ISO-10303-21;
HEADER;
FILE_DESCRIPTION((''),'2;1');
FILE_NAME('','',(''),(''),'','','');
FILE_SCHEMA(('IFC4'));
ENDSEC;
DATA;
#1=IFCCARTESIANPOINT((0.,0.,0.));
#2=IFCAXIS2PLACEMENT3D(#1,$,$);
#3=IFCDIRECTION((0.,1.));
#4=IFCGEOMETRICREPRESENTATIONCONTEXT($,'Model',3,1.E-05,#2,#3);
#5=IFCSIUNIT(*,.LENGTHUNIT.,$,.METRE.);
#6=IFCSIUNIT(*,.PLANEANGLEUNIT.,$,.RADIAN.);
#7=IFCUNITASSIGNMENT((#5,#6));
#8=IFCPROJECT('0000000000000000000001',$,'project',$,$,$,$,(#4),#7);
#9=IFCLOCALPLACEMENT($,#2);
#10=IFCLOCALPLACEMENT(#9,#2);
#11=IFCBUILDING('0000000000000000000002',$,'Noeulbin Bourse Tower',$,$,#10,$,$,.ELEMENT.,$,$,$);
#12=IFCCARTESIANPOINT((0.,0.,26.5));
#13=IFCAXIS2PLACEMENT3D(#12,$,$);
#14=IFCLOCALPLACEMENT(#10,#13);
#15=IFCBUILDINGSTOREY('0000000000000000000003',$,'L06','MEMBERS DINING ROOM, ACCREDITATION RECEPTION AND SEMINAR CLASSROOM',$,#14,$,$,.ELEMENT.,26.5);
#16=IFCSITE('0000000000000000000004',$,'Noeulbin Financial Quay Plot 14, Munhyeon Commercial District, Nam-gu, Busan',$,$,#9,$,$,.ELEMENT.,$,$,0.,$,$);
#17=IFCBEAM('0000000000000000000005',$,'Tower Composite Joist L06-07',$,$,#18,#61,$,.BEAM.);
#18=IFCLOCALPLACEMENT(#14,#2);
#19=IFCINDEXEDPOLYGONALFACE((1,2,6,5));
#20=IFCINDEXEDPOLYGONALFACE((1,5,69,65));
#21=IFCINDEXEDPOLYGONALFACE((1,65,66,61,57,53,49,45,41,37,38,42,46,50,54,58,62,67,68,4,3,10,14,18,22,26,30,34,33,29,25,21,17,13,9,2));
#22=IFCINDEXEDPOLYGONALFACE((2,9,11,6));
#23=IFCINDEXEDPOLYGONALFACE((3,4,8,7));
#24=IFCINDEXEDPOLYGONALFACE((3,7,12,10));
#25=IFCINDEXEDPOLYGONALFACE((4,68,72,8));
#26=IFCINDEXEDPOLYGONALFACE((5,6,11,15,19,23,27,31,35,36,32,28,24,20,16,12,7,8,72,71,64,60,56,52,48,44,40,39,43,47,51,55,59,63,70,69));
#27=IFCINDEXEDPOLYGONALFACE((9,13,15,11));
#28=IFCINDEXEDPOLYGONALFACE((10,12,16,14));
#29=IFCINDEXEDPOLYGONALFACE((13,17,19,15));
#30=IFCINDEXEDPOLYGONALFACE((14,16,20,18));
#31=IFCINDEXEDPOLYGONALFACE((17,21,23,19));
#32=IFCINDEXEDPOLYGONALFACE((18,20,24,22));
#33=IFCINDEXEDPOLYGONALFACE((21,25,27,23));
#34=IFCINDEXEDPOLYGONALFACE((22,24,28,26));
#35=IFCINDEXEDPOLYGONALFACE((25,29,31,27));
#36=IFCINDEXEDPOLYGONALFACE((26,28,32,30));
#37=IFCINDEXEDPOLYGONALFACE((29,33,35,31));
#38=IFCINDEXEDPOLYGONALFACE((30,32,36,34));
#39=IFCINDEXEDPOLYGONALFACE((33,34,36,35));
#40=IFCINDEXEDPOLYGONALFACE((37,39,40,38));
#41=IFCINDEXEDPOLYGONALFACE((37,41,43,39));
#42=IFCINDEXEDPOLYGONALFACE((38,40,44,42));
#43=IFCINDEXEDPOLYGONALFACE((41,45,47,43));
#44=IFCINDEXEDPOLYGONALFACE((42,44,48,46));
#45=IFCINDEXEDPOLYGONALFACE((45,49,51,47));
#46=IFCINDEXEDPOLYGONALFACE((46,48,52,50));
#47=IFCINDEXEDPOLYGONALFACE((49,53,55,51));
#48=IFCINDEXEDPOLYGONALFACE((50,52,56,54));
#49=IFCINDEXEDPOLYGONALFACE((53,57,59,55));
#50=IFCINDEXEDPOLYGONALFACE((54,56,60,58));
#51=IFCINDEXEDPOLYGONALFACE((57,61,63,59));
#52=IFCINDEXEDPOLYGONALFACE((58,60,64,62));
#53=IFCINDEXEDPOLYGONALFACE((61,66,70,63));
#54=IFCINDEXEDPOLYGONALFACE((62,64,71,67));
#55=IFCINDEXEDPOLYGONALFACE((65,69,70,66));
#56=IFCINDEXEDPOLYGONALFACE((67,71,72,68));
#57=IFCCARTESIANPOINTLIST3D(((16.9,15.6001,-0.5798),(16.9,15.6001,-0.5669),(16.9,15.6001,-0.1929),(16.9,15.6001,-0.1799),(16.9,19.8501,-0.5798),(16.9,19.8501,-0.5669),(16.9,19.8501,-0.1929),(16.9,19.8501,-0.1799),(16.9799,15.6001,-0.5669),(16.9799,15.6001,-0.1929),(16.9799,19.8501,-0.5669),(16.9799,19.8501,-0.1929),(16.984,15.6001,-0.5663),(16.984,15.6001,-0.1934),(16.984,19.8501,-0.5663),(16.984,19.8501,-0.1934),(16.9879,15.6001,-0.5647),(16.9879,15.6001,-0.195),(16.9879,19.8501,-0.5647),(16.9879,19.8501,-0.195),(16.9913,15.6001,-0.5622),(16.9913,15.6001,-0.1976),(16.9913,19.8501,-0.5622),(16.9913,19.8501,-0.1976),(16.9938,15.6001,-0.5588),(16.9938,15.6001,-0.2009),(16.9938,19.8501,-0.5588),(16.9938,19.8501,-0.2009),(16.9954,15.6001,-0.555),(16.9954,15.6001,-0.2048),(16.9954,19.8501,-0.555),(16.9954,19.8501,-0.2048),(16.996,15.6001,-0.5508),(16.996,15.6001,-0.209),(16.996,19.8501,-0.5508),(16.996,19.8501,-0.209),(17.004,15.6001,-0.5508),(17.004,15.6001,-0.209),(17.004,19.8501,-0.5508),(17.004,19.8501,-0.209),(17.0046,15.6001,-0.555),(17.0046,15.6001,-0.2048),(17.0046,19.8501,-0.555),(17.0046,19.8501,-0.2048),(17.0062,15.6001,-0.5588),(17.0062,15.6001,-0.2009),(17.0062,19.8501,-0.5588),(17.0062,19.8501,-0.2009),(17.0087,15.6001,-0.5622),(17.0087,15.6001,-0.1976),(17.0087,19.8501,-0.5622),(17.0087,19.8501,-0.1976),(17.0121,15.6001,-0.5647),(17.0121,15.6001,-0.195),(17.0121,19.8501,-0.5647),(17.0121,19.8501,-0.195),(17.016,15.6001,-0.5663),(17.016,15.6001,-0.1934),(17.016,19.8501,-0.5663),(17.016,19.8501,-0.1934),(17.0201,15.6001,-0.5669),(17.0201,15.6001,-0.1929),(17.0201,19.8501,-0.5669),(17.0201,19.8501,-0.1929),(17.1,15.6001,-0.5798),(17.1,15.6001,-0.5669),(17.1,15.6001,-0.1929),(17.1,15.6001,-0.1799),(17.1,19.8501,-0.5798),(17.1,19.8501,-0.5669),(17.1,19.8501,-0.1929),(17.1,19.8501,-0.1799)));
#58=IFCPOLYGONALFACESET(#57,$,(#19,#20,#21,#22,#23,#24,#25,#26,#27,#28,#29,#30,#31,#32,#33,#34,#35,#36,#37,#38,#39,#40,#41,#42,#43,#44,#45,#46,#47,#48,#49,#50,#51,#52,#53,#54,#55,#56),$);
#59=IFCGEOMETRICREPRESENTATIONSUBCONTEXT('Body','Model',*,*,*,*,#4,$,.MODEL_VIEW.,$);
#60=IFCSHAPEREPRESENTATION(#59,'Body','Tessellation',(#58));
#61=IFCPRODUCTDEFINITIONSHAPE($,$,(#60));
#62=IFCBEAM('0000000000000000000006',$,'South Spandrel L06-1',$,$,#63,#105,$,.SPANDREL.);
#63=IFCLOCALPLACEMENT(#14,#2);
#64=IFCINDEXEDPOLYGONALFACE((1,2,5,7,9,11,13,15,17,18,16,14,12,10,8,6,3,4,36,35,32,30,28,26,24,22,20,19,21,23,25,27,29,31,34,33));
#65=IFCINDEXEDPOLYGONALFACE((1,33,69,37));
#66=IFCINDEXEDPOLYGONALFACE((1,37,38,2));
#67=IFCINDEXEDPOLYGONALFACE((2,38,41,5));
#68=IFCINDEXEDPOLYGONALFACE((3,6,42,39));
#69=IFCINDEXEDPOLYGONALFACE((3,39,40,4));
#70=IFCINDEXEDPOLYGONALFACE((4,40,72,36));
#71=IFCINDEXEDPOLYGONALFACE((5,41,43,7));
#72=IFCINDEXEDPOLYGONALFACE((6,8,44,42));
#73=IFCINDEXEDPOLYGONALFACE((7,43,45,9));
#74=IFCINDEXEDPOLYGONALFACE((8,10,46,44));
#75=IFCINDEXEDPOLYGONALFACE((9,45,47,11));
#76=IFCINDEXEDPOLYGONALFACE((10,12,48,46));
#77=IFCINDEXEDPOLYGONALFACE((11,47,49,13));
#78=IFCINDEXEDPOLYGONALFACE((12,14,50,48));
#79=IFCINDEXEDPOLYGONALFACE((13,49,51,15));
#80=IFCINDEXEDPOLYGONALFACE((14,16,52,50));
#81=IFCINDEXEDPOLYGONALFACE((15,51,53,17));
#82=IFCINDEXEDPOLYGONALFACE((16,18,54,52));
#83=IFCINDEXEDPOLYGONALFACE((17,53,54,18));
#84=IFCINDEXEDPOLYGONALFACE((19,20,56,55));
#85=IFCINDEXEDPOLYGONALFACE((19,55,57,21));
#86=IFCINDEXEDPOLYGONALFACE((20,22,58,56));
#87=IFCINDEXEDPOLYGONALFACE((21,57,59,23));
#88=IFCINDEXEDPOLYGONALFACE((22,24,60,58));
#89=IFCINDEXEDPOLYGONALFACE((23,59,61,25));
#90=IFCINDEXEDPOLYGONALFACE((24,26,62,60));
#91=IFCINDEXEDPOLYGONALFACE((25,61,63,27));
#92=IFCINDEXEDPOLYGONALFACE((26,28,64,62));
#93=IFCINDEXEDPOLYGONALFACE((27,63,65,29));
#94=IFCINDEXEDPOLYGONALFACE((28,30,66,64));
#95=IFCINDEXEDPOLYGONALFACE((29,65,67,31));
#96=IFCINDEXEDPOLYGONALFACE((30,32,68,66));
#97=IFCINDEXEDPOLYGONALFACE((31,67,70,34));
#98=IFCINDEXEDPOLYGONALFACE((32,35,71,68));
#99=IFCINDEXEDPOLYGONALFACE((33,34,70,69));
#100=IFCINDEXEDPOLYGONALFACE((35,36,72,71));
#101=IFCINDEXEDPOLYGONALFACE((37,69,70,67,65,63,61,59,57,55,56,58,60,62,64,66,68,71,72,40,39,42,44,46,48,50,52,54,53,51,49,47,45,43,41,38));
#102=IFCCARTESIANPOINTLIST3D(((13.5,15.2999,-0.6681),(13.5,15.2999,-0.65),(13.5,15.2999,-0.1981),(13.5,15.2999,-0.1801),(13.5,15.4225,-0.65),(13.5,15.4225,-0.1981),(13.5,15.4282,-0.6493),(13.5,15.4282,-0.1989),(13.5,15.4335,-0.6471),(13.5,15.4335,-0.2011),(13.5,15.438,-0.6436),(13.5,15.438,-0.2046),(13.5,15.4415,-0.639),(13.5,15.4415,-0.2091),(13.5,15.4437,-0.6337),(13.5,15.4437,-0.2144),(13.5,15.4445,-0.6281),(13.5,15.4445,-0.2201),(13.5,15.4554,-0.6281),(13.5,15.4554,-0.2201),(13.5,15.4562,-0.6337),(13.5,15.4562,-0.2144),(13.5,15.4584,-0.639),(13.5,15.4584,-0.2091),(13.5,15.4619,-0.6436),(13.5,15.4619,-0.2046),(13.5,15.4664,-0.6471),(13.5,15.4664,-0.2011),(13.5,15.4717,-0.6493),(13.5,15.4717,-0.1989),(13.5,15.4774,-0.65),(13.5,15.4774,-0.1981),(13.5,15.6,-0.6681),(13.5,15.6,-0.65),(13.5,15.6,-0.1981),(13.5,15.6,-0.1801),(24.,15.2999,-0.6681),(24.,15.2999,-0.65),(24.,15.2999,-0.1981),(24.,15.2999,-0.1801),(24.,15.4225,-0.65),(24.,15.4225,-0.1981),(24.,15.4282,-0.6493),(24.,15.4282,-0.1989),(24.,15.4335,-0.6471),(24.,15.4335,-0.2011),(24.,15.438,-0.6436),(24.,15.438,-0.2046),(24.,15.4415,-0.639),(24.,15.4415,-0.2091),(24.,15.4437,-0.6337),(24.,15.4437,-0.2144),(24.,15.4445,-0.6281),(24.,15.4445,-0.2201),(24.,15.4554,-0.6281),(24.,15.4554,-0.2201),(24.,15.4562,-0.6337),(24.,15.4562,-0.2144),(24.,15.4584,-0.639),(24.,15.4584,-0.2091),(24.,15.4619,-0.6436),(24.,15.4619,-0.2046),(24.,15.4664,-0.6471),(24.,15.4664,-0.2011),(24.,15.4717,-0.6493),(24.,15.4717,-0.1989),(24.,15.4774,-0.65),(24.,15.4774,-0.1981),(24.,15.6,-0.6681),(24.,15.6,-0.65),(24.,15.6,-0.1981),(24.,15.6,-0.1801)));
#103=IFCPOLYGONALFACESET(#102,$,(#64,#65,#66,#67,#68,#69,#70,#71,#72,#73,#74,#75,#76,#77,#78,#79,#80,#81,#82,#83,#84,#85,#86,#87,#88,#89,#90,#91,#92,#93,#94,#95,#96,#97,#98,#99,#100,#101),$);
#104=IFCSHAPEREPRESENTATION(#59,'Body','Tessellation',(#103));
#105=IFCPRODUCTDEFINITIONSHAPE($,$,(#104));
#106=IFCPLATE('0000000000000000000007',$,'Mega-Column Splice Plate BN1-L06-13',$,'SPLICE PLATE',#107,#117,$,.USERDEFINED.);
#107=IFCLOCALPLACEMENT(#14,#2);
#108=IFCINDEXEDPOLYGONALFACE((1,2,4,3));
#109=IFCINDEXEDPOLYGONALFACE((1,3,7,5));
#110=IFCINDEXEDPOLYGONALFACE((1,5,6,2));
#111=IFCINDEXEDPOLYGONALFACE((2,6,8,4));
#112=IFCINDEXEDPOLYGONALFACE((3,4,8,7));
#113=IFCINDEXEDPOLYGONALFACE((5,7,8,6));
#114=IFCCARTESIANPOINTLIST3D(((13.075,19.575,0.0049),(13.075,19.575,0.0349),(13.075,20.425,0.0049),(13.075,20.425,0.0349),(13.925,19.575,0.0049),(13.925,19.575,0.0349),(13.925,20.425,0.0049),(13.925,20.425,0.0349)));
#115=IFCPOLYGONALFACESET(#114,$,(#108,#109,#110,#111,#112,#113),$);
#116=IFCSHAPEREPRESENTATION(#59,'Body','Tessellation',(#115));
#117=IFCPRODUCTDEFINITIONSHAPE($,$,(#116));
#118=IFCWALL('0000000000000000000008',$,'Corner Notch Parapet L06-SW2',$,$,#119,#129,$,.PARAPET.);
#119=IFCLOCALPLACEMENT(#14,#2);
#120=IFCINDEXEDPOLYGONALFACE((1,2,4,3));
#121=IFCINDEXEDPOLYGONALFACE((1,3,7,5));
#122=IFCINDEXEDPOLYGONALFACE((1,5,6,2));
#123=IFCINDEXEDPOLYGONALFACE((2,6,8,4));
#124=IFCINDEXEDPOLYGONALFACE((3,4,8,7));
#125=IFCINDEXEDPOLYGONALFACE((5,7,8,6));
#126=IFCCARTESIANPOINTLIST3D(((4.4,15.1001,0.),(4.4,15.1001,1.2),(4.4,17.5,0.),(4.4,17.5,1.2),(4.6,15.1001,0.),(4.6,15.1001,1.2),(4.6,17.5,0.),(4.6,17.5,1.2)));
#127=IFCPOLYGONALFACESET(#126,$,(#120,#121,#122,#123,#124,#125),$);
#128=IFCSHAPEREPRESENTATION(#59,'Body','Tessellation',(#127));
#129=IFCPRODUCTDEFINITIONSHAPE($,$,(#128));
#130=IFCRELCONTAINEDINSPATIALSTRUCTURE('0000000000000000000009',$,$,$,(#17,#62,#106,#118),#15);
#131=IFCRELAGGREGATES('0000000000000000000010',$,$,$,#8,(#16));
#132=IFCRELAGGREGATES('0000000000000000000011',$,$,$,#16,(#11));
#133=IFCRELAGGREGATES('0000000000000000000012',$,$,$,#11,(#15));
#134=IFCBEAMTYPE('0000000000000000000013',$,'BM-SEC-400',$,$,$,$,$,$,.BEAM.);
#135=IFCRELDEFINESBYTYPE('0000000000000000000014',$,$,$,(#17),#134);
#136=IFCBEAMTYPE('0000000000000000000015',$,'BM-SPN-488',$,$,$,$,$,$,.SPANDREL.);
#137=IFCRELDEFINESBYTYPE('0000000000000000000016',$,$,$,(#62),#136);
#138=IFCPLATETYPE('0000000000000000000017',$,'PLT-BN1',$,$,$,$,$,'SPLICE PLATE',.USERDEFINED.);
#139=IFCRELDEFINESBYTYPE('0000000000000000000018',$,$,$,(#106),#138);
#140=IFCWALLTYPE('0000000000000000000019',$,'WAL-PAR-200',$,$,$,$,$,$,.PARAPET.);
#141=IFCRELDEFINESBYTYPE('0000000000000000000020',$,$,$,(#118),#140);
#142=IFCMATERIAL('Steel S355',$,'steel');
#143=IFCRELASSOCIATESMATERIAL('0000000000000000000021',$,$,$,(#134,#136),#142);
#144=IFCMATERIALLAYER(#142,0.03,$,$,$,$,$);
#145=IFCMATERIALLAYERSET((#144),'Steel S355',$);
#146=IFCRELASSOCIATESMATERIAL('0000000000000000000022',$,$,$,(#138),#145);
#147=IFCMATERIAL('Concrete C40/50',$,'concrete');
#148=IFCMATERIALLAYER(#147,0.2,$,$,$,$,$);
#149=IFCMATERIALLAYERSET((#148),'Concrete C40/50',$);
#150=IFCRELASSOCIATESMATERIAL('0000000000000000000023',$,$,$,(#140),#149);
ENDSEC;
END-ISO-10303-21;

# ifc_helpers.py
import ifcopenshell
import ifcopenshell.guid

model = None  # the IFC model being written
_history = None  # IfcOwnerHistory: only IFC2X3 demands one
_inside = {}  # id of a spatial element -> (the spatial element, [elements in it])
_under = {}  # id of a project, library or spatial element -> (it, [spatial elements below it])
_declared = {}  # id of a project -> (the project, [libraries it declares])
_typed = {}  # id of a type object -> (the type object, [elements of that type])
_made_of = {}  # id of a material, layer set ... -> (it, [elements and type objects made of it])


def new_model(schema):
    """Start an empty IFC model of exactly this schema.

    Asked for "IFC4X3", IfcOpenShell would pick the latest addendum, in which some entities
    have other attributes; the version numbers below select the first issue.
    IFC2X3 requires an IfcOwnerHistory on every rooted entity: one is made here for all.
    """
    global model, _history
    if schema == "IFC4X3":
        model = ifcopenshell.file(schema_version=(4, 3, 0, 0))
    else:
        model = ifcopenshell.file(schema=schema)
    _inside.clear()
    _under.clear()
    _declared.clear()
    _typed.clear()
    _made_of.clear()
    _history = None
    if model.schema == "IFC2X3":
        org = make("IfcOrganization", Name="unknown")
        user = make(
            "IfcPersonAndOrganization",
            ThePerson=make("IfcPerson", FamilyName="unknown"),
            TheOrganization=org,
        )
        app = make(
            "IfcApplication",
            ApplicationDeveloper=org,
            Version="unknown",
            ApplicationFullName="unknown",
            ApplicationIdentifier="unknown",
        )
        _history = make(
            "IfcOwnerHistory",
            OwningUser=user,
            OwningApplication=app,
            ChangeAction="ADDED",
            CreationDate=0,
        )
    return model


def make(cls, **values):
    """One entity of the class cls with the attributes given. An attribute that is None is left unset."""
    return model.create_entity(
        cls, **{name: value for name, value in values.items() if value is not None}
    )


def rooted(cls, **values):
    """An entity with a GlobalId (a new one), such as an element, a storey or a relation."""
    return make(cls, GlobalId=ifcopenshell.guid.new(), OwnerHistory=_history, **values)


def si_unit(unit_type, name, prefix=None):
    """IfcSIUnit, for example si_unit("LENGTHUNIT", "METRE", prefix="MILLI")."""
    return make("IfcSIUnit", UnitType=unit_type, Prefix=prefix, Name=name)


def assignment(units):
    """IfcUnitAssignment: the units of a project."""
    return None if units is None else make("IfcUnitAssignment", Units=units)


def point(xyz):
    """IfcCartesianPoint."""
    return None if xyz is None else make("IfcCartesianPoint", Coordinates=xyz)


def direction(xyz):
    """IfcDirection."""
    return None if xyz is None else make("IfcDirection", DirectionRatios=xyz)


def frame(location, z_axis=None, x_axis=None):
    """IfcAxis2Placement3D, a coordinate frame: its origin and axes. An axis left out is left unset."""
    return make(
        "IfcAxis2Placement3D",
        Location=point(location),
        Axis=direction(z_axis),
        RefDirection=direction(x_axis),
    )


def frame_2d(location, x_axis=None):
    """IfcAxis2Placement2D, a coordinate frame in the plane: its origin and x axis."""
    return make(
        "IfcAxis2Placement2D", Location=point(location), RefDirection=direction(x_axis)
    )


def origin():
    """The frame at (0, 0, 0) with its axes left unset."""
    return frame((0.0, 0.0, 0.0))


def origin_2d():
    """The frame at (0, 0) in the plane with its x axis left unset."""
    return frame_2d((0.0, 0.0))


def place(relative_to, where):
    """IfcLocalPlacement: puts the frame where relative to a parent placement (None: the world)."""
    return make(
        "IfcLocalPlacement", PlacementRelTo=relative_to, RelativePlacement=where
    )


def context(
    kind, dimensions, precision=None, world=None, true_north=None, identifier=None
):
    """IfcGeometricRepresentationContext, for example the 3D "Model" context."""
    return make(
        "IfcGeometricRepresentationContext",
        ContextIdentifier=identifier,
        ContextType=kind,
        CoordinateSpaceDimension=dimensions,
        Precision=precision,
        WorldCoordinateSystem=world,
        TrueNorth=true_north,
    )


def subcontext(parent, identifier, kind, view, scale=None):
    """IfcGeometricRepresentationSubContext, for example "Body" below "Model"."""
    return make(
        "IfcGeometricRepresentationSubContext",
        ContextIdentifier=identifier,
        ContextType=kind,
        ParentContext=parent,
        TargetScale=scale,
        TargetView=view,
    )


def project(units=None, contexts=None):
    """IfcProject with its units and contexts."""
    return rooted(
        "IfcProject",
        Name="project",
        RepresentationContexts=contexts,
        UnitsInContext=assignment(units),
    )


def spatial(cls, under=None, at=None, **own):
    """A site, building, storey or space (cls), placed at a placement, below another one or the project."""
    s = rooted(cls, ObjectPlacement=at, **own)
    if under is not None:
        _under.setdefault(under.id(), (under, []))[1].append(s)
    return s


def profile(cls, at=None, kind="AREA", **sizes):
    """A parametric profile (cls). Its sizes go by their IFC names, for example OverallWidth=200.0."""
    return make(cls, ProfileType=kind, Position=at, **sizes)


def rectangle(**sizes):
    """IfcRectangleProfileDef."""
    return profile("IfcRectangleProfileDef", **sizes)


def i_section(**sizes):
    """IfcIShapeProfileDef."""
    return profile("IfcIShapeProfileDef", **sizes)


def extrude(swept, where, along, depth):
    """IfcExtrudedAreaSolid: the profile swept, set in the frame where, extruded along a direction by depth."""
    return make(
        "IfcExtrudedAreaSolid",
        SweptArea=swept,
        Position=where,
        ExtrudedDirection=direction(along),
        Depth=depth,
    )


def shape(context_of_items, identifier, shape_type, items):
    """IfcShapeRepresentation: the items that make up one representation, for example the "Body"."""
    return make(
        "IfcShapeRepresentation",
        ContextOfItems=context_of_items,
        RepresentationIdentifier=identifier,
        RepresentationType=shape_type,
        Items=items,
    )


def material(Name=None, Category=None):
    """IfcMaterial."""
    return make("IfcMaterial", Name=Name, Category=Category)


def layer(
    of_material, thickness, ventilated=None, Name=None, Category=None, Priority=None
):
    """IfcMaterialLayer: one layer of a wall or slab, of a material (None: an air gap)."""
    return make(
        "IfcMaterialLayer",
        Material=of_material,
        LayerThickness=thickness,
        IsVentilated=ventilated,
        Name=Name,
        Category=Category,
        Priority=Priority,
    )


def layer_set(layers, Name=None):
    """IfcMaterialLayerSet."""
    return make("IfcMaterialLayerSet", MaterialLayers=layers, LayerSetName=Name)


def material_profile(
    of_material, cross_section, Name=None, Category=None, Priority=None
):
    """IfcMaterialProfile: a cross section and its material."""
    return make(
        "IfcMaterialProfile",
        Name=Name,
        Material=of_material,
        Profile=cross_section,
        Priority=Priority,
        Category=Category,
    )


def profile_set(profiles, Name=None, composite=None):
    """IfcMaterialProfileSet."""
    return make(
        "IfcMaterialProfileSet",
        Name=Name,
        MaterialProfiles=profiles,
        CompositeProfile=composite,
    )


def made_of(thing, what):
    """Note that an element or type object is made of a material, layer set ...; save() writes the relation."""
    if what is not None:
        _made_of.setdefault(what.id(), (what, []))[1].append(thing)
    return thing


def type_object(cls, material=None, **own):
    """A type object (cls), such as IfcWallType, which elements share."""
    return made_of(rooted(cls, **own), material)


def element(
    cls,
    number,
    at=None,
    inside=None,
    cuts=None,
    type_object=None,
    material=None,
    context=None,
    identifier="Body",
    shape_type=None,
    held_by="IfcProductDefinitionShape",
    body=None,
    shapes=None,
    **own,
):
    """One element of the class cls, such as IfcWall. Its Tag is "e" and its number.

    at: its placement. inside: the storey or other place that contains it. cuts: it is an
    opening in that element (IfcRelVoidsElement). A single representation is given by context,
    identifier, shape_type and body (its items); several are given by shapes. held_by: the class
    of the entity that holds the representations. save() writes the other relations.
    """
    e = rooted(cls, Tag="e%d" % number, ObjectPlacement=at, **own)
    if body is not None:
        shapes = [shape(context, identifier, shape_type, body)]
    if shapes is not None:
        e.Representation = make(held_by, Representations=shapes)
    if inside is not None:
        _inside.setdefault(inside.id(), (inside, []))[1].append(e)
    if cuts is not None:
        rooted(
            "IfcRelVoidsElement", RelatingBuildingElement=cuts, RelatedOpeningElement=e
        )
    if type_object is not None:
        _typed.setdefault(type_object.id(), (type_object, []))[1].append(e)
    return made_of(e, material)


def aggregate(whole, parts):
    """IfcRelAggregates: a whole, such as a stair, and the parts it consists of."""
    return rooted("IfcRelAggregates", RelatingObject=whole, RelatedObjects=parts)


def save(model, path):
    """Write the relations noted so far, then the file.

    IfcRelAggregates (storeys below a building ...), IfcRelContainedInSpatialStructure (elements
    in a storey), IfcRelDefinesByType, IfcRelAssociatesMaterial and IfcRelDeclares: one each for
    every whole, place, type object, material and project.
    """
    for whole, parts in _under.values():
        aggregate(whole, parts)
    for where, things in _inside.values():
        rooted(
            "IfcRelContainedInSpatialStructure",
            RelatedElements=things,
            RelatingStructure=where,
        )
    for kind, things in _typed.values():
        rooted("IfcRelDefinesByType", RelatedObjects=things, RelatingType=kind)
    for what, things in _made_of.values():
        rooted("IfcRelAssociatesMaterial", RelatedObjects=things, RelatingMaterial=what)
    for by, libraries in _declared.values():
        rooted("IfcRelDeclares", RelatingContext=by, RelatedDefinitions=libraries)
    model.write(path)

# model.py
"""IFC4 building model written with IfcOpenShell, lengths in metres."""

from ifc_helpers import new_model, si_unit, direction, frame, frame_2d, origin, origin_2d, place, context, subcontext, project, spatial, rectangle, i_section, extrude, material, layer, layer_set, material_profile, profile_set, type_object, element, save


model = new_model("IFC4")

# Units and contexts
model_context = context("Model", 3, precision=1e-05, world=origin(), true_north=direction((0.0, 1.0)))
body_context = subcontext(model_context, "Body", "Model", "MODEL_VIEW")
ifc_project = project(units=[si_unit("LENGTHUNIT", "METRE"), si_unit("PLANEANGLEUNIT", "RADIAN")], contexts=[model_context])

# Site, building, storey
site_placement = place(None, origin())
site = spatial("IfcSite", under=ifc_project, at=site_placement, Name="Noeulbin Financial Quay Plot 14, Munhyeon Commercial District, Nam-gu, Busan", CompositionType="ELEMENT", RefElevation=0.0)
building_placement = place(site_placement, origin())
building = spatial("IfcBuilding", under=site, at=building_placement, Name="Noeulbin Bourse Tower", CompositionType="ELEMENT")
storey_placement = place(building_placement, frame((0.0, 0.0, 26.5)))
storey = spatial("IfcBuildingStorey", under=building, at=storey_placement, Name="L06", Description="MEMBERS DINING ROOM, ACCREDITATION RECEPTION AND SEMINAR CLASSROOM", CompositionType="ELEMENT", Elevation=26.5)

# Beams
ifc_material_1 = material(Name="Steel S355", Category="steel")
ifc_material_profile_1 = material_profile(ifc_material_1, i_section(OverallWidth=0.2, OverallDepth=0.3999, WebThickness=0.0081, FlangeThickness=0.0129, FilletRadius=0.0161, at=origin_2d()), Name="H-400x200x8x13", Category="LoadBearing")
ifc_profile_set_1 = profile_set([ifc_material_profile_1], Name="Steel S355")
beam_type_1 = type_object("IfcBeamType", Name="BM-SEC-400", PredefinedType="BEAM", material=ifc_profile_set_1)
beam_1_placement = place(storey_placement, frame((17.0, 15.6001, -0.3799), z_axis=(0.0, 1.0, 0.0), x_axis=(-1.0, 0.0, 0.0)))
element("IfcBeam", 1, at=beam_1_placement, inside=storey, type_object=beam_type_1, Name="Tower Composite Joist L06-07", PredefinedType="BEAM", context=body_context, shape_type="SweptSolid", body=[
    extrude(i_section(OverallWidth=0.2, OverallDepth=0.3999, WebThickness=0.0081, FlangeThickness=0.0129, FilletRadius=0.0161, at=origin_2d()), origin(), (0.0, 0.0, 1.0), 4.25),
])
ifc_material_profile_2 = material_profile(ifc_material_1, i_section(OverallWidth=0.3, OverallDepth=0.488, WebThickness=0.011, FlangeThickness=0.0181, FilletRadius=0.022, at=origin_2d()), Name="H-488x300x11x18", Category="LoadBearing")
ifc_profile_set_2 = profile_set([ifc_material_profile_2], Name="Steel S355")
beam_type_2 = type_object("IfcBeamType", Name="BM-SPN-488", PredefinedType="SPANDREL", material=ifc_profile_set_2)
beam_2_placement = place(storey_placement, frame((13.5, 15.45, -0.4241), z_axis=(1.0, 0.0, 0.0), x_axis=(0.0, 1.0, 0.0)))
element("IfcBeam", 2, at=beam_2_placement, inside=storey, type_object=beam_type_2, Name="South Spandrel L06-1", PredefinedType="SPANDREL", context=body_context, shape_type="SweptSolid", body=[
    extrude(i_section(OverallWidth=0.3, OverallDepth=0.488, WebThickness=0.011, FlangeThickness=0.0181, FilletRadius=0.022, at=origin_2d()), origin(), (0.0, 0.0, 1.0), 10.5),
])

# Plate
ifc_layer_1 = layer(ifc_material_1, 0.03)
ifc_layer_set_1 = layer_set([ifc_layer_1], Name="Steel S355")
plate_type = type_object("IfcPlateType", Name="PLT-BN1", ElementType="SPLICE PLATE", PredefinedType="USERDEFINED", material=ifc_layer_set_1)
plate_placement = place(storey_placement, frame((13.5, 20.0, 0.0049), z_axis=(0.0, 0.0, 1.0), x_axis=(1.0, 0.0, 0.0)))
element("IfcPlate", 3, at=plate_placement, inside=storey, type_object=plate_type, Name="Mega-Column Splice Plate BN1-L06-13", ObjectType="SPLICE PLATE", PredefinedType="USERDEFINED", context=body_context, shape_type="SweptSolid", body=[
    extrude(rectangle(XDim=0.8501, YDim=0.8501, at=origin_2d()), origin(), (0.0, 0.0, 1.0), 0.03),
])

# Wall
ifc_material_2 = material(Name="Concrete C40/50", Category="concrete")
ifc_layer_2 = layer(ifc_material_2, 0.2)
ifc_layer_set_2 = layer_set([ifc_layer_2], Name="Concrete C40/50")
wall_type_1 = type_object("IfcWallType", Name="WAL-PAR-200", PredefinedType="PARAPET", material=ifc_layer_set_2)
wall_1_placement = place(storey_placement, frame((4.5, 17.5, 0.0), z_axis=(0.0, 0.0, 1.0), x_axis=(0.0, -1.0, 0.0)))
element("IfcWall", 4, at=wall_1_placement, inside=storey, type_object=wall_type_1, Name="Corner Notch Parapet L06-SW2", PredefinedType="PARAPET", context=body_context, shape_type="SweptSolid", body=[
    extrude(rectangle(XDim=2.3999, YDim=0.2, at=frame_2d((1.2, 0.0))), origin(), (0.0, 0.0, 1.0), 1.2),
])

save(model, "model.ifc")
